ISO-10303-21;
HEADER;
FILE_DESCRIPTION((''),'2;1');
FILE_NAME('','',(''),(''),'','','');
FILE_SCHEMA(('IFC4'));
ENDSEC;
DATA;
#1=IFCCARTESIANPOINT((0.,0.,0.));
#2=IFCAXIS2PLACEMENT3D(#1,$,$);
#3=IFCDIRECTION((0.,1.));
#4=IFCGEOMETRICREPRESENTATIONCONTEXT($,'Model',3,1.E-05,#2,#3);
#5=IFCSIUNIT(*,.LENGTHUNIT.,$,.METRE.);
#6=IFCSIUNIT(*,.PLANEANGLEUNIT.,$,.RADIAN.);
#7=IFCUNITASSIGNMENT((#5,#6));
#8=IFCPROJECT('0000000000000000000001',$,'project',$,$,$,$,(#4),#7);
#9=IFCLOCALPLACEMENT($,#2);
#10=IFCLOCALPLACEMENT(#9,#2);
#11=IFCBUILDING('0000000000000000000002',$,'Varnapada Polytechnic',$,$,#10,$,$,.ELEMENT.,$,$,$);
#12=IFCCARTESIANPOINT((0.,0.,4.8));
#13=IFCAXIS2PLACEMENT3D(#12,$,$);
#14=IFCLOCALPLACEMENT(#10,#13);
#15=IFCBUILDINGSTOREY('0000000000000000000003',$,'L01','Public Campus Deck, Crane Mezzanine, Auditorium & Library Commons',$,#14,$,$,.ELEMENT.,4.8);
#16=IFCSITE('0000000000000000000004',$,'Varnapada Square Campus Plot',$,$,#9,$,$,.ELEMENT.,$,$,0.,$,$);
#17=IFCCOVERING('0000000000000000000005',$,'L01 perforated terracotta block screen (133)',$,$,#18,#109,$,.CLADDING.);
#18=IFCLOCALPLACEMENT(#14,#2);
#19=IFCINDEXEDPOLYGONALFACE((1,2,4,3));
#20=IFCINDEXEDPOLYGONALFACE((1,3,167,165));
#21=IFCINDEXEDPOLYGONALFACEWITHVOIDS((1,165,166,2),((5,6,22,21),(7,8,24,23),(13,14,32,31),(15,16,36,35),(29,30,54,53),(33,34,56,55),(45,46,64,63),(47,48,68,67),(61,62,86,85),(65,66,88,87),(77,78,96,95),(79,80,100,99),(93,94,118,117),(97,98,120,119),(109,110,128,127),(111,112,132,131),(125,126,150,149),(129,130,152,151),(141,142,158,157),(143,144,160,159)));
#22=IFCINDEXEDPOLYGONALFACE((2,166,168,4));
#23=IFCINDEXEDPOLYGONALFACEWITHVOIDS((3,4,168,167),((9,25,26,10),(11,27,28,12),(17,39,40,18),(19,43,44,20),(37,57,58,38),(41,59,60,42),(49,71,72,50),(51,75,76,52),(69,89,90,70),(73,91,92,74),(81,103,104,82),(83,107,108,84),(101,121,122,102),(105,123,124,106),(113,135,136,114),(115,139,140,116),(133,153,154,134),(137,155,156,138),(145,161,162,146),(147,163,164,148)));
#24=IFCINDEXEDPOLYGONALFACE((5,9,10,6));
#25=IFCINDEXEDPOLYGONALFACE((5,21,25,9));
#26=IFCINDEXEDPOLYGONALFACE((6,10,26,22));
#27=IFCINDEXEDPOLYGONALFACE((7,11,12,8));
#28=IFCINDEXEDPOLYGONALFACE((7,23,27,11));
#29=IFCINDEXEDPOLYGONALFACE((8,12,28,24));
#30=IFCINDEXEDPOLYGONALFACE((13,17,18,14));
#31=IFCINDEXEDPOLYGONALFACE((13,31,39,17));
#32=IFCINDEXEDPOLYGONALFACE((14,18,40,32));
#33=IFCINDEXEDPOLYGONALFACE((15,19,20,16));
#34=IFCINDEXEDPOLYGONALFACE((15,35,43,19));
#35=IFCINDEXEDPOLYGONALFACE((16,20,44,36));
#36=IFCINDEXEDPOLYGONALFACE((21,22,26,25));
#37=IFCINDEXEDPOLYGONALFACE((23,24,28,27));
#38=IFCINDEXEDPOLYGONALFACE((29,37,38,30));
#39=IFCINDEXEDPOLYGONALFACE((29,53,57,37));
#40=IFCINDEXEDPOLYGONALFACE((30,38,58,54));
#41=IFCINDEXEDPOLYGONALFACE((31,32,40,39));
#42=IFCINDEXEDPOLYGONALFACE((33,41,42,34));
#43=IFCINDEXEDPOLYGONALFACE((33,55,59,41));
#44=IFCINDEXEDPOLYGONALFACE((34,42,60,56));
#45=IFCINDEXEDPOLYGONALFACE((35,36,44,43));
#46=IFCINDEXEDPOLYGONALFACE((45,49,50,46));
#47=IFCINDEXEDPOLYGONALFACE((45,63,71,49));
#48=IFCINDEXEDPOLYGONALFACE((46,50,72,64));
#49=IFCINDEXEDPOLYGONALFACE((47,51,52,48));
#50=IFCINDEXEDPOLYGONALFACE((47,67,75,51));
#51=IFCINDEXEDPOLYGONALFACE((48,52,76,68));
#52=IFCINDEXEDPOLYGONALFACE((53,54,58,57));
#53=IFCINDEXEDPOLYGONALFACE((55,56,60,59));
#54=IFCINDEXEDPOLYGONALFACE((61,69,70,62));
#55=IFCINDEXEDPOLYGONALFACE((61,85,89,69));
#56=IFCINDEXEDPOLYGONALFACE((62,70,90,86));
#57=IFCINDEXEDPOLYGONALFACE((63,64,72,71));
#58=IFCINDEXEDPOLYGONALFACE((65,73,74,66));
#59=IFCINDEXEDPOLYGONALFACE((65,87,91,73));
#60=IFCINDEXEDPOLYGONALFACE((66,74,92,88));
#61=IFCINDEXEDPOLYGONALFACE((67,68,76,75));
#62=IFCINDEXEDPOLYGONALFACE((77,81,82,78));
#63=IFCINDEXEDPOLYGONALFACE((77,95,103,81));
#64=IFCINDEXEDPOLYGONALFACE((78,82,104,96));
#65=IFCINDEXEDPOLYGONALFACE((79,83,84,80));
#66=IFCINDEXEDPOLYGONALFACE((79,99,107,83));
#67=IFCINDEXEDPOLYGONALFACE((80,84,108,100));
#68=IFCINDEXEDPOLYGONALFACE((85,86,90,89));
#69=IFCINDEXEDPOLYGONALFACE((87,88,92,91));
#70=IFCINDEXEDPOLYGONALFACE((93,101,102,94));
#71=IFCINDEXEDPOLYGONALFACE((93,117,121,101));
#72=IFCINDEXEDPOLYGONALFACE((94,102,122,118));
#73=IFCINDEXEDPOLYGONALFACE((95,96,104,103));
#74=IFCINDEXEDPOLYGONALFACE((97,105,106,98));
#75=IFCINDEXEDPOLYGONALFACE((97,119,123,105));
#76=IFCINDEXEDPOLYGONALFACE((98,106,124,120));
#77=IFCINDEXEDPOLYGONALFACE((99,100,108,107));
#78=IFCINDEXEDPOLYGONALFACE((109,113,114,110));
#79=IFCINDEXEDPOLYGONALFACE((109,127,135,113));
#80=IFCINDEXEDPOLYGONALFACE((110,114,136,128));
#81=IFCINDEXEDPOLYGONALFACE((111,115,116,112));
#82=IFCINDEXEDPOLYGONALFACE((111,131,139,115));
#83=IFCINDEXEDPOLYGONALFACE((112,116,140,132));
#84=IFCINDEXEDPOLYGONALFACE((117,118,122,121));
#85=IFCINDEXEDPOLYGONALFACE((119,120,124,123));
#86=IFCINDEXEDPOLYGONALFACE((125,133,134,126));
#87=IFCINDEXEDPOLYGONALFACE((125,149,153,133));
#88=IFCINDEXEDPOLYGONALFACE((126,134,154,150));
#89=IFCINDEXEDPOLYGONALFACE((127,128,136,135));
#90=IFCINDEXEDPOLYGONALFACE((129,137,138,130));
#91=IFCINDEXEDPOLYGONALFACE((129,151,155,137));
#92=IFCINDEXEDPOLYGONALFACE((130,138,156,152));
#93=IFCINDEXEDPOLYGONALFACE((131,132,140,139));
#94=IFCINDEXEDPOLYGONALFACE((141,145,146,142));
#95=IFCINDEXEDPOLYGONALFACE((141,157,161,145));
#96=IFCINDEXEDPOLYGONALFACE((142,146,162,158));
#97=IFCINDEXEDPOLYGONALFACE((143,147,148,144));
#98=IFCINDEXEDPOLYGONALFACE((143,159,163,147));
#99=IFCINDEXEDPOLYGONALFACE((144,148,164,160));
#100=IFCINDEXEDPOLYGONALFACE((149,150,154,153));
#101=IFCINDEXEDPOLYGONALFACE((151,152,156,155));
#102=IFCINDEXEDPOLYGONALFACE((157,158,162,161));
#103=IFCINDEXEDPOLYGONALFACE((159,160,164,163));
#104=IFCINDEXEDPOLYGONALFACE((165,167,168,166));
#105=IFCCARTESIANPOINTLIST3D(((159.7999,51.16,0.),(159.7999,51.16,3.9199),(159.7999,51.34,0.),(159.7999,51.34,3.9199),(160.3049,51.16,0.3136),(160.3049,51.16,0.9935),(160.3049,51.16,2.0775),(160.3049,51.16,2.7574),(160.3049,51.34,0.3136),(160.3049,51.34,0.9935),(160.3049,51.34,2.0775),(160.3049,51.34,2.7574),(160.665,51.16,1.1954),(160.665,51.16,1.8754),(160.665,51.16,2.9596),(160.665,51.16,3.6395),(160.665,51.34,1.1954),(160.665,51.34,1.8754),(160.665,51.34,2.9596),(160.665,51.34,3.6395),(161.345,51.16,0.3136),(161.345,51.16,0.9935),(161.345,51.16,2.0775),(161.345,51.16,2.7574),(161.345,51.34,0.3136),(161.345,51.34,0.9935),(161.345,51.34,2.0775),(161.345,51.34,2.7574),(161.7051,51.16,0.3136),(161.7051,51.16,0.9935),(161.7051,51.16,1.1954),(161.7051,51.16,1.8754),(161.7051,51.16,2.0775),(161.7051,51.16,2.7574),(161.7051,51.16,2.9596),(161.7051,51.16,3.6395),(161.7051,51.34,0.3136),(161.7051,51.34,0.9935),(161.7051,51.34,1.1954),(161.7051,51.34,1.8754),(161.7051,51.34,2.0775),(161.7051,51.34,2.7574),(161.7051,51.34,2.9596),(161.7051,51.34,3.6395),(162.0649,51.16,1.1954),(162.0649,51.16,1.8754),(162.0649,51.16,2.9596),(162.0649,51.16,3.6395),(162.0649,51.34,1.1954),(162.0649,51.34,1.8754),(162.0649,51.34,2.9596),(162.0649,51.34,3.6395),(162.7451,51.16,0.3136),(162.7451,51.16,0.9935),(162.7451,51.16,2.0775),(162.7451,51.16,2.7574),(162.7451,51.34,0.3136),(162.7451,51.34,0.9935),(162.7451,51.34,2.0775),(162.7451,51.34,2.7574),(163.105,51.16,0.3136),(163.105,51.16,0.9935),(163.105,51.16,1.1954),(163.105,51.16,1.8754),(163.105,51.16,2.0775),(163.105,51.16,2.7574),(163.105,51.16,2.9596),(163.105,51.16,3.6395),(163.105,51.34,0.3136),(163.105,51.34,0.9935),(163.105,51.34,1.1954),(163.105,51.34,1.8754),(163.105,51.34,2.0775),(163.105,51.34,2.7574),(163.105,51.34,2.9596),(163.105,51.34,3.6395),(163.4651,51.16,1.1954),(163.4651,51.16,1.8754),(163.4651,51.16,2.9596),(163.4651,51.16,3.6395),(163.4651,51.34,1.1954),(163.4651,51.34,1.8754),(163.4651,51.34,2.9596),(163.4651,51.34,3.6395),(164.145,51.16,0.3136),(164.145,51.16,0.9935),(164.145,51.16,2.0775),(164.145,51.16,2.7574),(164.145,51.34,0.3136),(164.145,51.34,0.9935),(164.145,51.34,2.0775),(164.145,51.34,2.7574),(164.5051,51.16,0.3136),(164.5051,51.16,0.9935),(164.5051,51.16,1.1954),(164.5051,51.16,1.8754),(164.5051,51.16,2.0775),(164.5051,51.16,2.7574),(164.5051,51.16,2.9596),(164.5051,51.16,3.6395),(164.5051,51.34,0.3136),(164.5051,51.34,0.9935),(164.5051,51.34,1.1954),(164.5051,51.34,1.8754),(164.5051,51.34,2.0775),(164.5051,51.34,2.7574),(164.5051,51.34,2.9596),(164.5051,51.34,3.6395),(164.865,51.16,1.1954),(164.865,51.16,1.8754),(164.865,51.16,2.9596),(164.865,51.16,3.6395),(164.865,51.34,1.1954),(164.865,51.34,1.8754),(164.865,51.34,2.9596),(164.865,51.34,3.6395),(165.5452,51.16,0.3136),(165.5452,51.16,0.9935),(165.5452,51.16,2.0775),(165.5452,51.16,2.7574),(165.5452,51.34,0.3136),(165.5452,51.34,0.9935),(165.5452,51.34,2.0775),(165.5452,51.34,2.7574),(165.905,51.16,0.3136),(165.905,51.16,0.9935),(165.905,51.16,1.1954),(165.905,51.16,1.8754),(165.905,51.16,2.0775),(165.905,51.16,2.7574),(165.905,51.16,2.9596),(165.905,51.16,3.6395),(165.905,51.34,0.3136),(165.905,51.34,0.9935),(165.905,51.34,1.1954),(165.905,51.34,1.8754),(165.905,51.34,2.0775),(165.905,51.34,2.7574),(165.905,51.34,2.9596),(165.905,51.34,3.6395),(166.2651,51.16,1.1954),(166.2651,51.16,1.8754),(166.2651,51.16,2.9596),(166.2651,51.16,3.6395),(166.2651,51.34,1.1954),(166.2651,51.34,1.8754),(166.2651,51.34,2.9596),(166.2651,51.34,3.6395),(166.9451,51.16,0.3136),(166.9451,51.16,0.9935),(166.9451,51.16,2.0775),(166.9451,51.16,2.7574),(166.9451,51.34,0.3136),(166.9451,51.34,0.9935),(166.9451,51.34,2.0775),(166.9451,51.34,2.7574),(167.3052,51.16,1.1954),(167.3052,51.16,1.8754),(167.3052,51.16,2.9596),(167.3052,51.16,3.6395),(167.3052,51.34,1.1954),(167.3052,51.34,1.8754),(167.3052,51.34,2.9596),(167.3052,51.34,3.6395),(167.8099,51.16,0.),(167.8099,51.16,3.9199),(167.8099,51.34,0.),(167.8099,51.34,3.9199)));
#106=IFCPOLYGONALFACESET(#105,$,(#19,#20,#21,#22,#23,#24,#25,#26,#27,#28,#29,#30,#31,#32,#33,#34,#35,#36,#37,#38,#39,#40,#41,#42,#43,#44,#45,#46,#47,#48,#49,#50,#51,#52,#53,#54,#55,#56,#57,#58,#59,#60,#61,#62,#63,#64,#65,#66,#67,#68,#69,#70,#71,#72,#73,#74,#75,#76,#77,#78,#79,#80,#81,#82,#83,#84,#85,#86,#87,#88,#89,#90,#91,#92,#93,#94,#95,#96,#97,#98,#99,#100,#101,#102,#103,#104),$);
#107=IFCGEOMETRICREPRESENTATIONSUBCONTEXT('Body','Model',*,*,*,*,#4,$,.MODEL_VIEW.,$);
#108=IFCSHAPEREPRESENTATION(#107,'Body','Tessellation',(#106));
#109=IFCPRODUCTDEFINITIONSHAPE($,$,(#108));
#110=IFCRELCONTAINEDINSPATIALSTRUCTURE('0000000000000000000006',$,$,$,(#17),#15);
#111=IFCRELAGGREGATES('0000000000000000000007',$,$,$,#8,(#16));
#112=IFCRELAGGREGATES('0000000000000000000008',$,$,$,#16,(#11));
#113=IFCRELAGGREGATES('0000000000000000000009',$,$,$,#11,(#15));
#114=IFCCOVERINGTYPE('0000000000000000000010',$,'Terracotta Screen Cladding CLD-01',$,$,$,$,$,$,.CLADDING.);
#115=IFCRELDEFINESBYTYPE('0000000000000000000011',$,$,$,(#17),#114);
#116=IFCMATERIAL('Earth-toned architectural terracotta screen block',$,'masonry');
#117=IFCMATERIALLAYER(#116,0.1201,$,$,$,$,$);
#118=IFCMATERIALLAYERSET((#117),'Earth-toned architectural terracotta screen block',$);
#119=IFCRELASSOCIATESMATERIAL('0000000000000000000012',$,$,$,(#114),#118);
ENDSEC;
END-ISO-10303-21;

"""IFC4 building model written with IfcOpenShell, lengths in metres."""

from ifc_helpers import new_model, si_unit, direction, frame, frame_2d, origin, place, context, subcontext, project, spatial, rectangle, extrude, material, layer, layer_set, type_object, element, save


model = new_model("IFC4")

# Units and contexts
model_context = context("Model", 3, precision=1e-05, world=origin(), true_north=direction((0.0, 1.0)))
body_context = subcontext(model_context, "Body", "Model", "MODEL_VIEW")
ifc_project = project(units=[si_unit("LENGTHUNIT", "METRE"), si_unit("PLANEANGLEUNIT", "RADIAN")], contexts=[model_context])

# Site, building, storey
site_placement = place(None, origin())
site = spatial("IfcSite", under=ifc_project, at=site_placement, Name="Varnapada Square Campus Plot", CompositionType="ELEMENT", RefElevation=0.0)
building_placement = place(site_placement, origin())
building = spatial("IfcBuilding", under=site, at=building_placement, Name="Varnapada Polytechnic", CompositionType="ELEMENT")
storey_placement = place(building_placement, frame((0.0, 0.0, 4.8)))
storey = spatial("IfcBuildingStorey", under=building, at=storey_placement, Name="L01", Description="Public Campus Deck, Crane Mezzanine, Auditorium & Library Commons", CompositionType="ELEMENT", Elevation=4.8)

# Covering, openings
ifc_material_1 = material(Name="Earth-toned architectural terracotta screen block", Category="masonry")
ifc_layer_1 = layer(ifc_material_1, 0.1201)
ifc_layer_set_1 = layer_set([ifc_layer_1], Name="Earth-toned architectural terracotta screen block")
covering_type = type_object("IfcCoveringType", Name="Terracotta Screen Cladding CLD-01", PredefinedType="CLADDING", material=ifc_layer_set_1)
covering_placement = place(storey_placement, frame((159.8, 51.25, 0.0), z_axis=(0.0, 0.0, 1.0), x_axis=(1.0, 0.0, 0.0)))
covering = element("IfcCovering", 1, at=covering_placement, inside=storey, type_object=covering_type, Name="L01 perforated terracotta block screen (133)", PredefinedType="CLADDING", context=body_context, shape_type="SweptSolid", body=[
    extrude(rectangle(XDim=8.01, YDim=0.1799, at=frame_2d((4.0049, 0.0))), origin(), (0.0, 0.0, 1.0), 3.9199),
])
opening_1_placement = place(covering_placement, frame((0.5049, 0.0, 0.3137)))
element("IfcOpeningElement", 2, at=opening_1_placement, cuts=covering, PredefinedType="OPENING", context=body_context, shape_type="SweptSolid", body=[
    extrude(rectangle(XDim=1.04, YDim=0.6799, at=frame_2d((0.52, 0.3398))), frame((0.0, 0.0999, 0.0), z_axis=(0.0, -1.0, 0.0), x_axis=(1.0, 0.0, 0.0)), (0.0, 0.0, 1.0), 0.2),
])
opening_2_placement = place(covering_placement, frame((1.905, 0.0, 0.3137)))
element("IfcOpeningElement", 3, at=opening_2_placement, cuts=covering, PredefinedType="OPENING", context=body_context, shape_type="SweptSolid", body=[
    extrude(rectangle(XDim=1.04, YDim=0.6799, at=frame_2d((0.52, 0.3398))), frame((0.0, 0.0999, 0.0), z_axis=(0.0, -1.0, 0.0), x_axis=(1.0, 0.0, 0.0)), (0.0, 0.0, 1.0), 0.2),
])
opening_3_placement = place(covering_placement, frame((3.3049, 0.0, 0.3137)))
element("IfcOpeningElement", 4, at=opening_3_placement, cuts=covering, PredefinedType="OPENING", context=body_context, shape_type="SweptSolid", body=[
    extrude(rectangle(XDim=1.04, YDim=0.6799, at=frame_2d((0.52, 0.3398))), frame((0.0, 0.0999, 0.0), z_axis=(0.0, -1.0, 0.0), x_axis=(1.0, 0.0, 0.0)), (0.0, 0.0, 1.0), 0.2),
])
opening_4_placement = place(covering_placement, frame((4.7051, 0.0, 0.3137)))
element("IfcOpeningElement", 5, at=opening_4_placement, cuts=covering, PredefinedType="OPENING", context=body_context, shape_type="SweptSolid", body=[
    extrude(rectangle(XDim=1.04, YDim=0.6799, at=frame_2d((0.52, 0.3398))), frame((0.0, 0.0999, 0.0), z_axis=(0.0, -1.0, 0.0), x_axis=(1.0, 0.0, 0.0)), (0.0, 0.0, 1.0), 0.2),
])
opening_5_placement = place(covering_placement, frame((6.105, 0.0, 0.3137)))
element("IfcOpeningElement", 6, at=opening_5_placement, cuts=covering, PredefinedType="OPENING", context=body_context, shape_type="SweptSolid", body=[
    extrude(rectangle(XDim=1.04, YDim=0.6799, at=frame_2d((0.52, 0.3398))), frame((0.0, 0.0999, 0.0), z_axis=(0.0, -1.0, 0.0), x_axis=(1.0, 0.0, 0.0)), (0.0, 0.0, 1.0), 0.2),
])
opening_6_placement = place(covering_placement, frame((0.865, 0.0, 1.1956)))
element("IfcOpeningElement", 7, at=opening_6_placement, cuts=covering, PredefinedType="OPENING", context=body_context, shape_type="SweptSolid", body=[
    extrude(rectangle(XDim=1.04, YDim=0.6799, at=frame_2d((0.52, 0.3398))), frame((0.0, 0.0999, 0.0), z_axis=(0.0, -1.0, 0.0), x_axis=(1.0, 0.0, 0.0)), (0.0, 0.0, 1.0), 0.2),
])
opening_7_placement = place(covering_placement, frame((2.2649, 0.0, 1.1956)))
element("IfcOpeningElement", 8, at=opening_7_placement, cuts=covering, PredefinedType="OPENING", context=body_context, shape_type="SweptSolid", body=[
    extrude(rectangle(XDim=1.04, YDim=0.6799, at=frame_2d((0.52, 0.3398))), frame((0.0, 0.0999, 0.0), z_axis=(0.0, -1.0, 0.0), x_axis=(1.0, 0.0, 0.0)), (0.0, 0.0, 1.0), 0.2),
])
opening_8_placement = place(covering_placement, frame((3.665, 0.0, 1.1956)))
element("IfcOpeningElement", 9, at=opening_8_placement, cuts=covering, PredefinedType="OPENING", context=body_context, shape_type="SweptSolid", body=[
    extrude(rectangle(XDim=1.04, YDim=0.6799, at=frame_2d((0.52, 0.3398))), frame((0.0, 0.0999, 0.0), z_axis=(0.0, -1.0, 0.0), x_axis=(1.0, 0.0, 0.0)), (0.0, 0.0, 1.0), 0.2),
])
opening_9_placement = place(covering_placement, frame((5.0649, 0.0, 1.1956)))
element("IfcOpeningElement", 10, at=opening_9_placement, cuts=covering, PredefinedType="OPENING", context=body_context, shape_type="SweptSolid", body=[
    extrude(rectangle(XDim=1.04, YDim=0.6799, at=frame_2d((0.52, 0.3398))), frame((0.0, 0.0999, 0.0), z_axis=(0.0, -1.0, 0.0), x_axis=(1.0, 0.0, 0.0)), (0.0, 0.0, 1.0), 0.2),
])
opening_10_placement = place(covering_placement, frame((6.4651, 0.0, 1.1956)))
element("IfcOpeningElement", 11, at=opening_10_placement, cuts=covering, PredefinedType="OPENING", context=body_context, shape_type="SweptSolid", body=[
    extrude(rectangle(XDim=1.04, YDim=0.6799, at=frame_2d((0.52, 0.3398))), frame((0.0, 0.0999, 0.0), z_axis=(0.0, -1.0, 0.0), x_axis=(1.0, 0.0, 0.0)), (0.0, 0.0, 1.0), 0.2),
])
opening_11_placement = place(covering_placement, frame((0.5049, 0.0, 2.0776)))
element("IfcOpeningElement", 12, at=opening_11_placement, cuts=covering, PredefinedType="OPENING", context=body_context, shape_type="SweptSolid", body=[
    extrude(rectangle(XDim=1.04, YDim=0.6799, at=frame_2d((0.52, 0.3398))), frame((0.0, 0.0999, 0.0), z_axis=(0.0, -1.0, 0.0), x_axis=(1.0, 0.0, 0.0)), (0.0, 0.0, 1.0), 0.2),
])
opening_12_placement = place(covering_placement, frame((1.905, 0.0, 2.0776)))
element("IfcOpeningElement", 13, at=opening_12_placement, cuts=covering, PredefinedType="OPENING", context=body_context, shape_type="SweptSolid", body=[
    extrude(rectangle(XDim=1.04, YDim=0.6799, at=frame_2d((0.52, 0.3398))), frame((0.0, 0.0999, 0.0), z_axis=(0.0, -1.0, 0.0), x_axis=(1.0, 0.0, 0.0)), (0.0, 0.0, 1.0), 0.2),
])
opening_13_placement = place(covering_placement, frame((3.3049, 0.0, 2.0776)))
element("IfcOpeningElement", 14, at=opening_13_placement, cuts=covering, PredefinedType="OPENING", context=body_context, shape_type="SweptSolid", body=[
    extrude(rectangle(XDim=1.04, YDim=0.6799, at=frame_2d((0.52, 0.3398))), frame((0.0, 0.0999, 0.0), z_axis=(0.0, -1.0, 0.0), x_axis=(1.0, 0.0, 0.0)), (0.0, 0.0, 1.0), 0.2),
])
opening_14_placement = place(covering_placement, frame((4.7051, 0.0, 2.0776)))
element("IfcOpeningElement", 15, at=opening_14_placement, cuts=covering, PredefinedType="OPENING", context=body_context, shape_type="SweptSolid", body=[
    extrude(rectangle(XDim=1.04, YDim=0.6799, at=frame_2d((0.52, 0.3398))), frame((0.0, 0.0999, 0.0), z_axis=(0.0, -1.0, 0.0), x_axis=(1.0, 0.0, 0.0)), (0.0, 0.0, 1.0), 0.2),
])
opening_15_placement = place(covering_placement, frame((6.105, 0.0, 2.0776)))
element("IfcOpeningElement", 16, at=opening_15_placement, cuts=covering, PredefinedType="OPENING", context=body_context, shape_type="SweptSolid", body=[
    extrude(rectangle(XDim=1.04, YDim=0.6799, at=frame_2d((0.52, 0.3398))), frame((0.0, 0.0999, 0.0), z_axis=(0.0, -1.0, 0.0), x_axis=(1.0, 0.0, 0.0)), (0.0, 0.0, 1.0), 0.2),
])
opening_16_placement = place(covering_placement, frame((0.865, 0.0, 2.9597)))
element("IfcOpeningElement", 17, at=opening_16_placement, cuts=covering, PredefinedType="OPENING", context=body_context, shape_type="SweptSolid", body=[
    extrude(rectangle(XDim=1.04, YDim=0.6799, at=frame_2d((0.52, 0.3398))), frame((0.0, 0.0999, 0.0), z_axis=(0.0, -1.0, 0.0), x_axis=(1.0, 0.0, 0.0)), (0.0, 0.0, 1.0), 0.2),
])
opening_17_placement = place(covering_placement, frame((2.2649, 0.0, 2.9597)))
element("IfcOpeningElement", 18, at=opening_17_placement, cuts=covering, PredefinedType="OPENING", context=body_context, shape_type="SweptSolid", body=[
    extrude(rectangle(XDim=1.04, YDim=0.6799, at=frame_2d((0.52, 0.3398))), frame((0.0, 0.0999, 0.0), z_axis=(0.0, -1.0, 0.0), x_axis=(1.0, 0.0, 0.0)), (0.0, 0.0, 1.0), 0.2),
])
opening_18_placement = place(covering_placement, frame((3.665, 0.0, 2.9597)))
element("IfcOpeningElement", 19, at=opening_18_placement, cuts=covering, PredefinedType="OPENING", context=body_context, shape_type="SweptSolid", body=[
    extrude(rectangle(XDim=1.04, YDim=0.6799, at=frame_2d((0.52, 0.3398))), frame((0.0, 0.0999, 0.0), z_axis=(0.0, -1.0, 0.0), x_axis=(1.0, 0.0, 0.0)), (0.0, 0.0, 1.0), 0.2),
])
opening_19_placement = place(covering_placement, frame((5.0649, 0.0, 2.9597)))
element("IfcOpeningElement", 20, at=opening_19_placement, cuts=covering, PredefinedType="OPENING", context=body_context, shape_type="SweptSolid", body=[
    extrude(rectangle(XDim=1.04, YDim=0.6799, at=frame_2d((0.52, 0.3398))), frame((0.0, 0.0999, 0.0), z_axis=(0.0, -1.0, 0.0), x_axis=(1.0, 0.0, 0.0)), (0.0, 0.0, 1.0), 0.2),
])
opening_20_placement = place(covering_placement, frame((6.4651, 0.0, 2.9597)))
element("IfcOpeningElement", 21, at=opening_20_placement, cuts=covering, PredefinedType="OPENING", context=body_context, shape_type="SweptSolid", body=[
    extrude(rectangle(XDim=1.04, YDim=0.6799, at=frame_2d((0.52, 0.3398))), frame((0.0, 0.0999, 0.0), z_axis=(0.0, -1.0, 0.0), x_axis=(1.0, 0.0, 0.0)), (0.0, 0.0, 1.0), 0.2),
])

save(model, "model.ifc")
